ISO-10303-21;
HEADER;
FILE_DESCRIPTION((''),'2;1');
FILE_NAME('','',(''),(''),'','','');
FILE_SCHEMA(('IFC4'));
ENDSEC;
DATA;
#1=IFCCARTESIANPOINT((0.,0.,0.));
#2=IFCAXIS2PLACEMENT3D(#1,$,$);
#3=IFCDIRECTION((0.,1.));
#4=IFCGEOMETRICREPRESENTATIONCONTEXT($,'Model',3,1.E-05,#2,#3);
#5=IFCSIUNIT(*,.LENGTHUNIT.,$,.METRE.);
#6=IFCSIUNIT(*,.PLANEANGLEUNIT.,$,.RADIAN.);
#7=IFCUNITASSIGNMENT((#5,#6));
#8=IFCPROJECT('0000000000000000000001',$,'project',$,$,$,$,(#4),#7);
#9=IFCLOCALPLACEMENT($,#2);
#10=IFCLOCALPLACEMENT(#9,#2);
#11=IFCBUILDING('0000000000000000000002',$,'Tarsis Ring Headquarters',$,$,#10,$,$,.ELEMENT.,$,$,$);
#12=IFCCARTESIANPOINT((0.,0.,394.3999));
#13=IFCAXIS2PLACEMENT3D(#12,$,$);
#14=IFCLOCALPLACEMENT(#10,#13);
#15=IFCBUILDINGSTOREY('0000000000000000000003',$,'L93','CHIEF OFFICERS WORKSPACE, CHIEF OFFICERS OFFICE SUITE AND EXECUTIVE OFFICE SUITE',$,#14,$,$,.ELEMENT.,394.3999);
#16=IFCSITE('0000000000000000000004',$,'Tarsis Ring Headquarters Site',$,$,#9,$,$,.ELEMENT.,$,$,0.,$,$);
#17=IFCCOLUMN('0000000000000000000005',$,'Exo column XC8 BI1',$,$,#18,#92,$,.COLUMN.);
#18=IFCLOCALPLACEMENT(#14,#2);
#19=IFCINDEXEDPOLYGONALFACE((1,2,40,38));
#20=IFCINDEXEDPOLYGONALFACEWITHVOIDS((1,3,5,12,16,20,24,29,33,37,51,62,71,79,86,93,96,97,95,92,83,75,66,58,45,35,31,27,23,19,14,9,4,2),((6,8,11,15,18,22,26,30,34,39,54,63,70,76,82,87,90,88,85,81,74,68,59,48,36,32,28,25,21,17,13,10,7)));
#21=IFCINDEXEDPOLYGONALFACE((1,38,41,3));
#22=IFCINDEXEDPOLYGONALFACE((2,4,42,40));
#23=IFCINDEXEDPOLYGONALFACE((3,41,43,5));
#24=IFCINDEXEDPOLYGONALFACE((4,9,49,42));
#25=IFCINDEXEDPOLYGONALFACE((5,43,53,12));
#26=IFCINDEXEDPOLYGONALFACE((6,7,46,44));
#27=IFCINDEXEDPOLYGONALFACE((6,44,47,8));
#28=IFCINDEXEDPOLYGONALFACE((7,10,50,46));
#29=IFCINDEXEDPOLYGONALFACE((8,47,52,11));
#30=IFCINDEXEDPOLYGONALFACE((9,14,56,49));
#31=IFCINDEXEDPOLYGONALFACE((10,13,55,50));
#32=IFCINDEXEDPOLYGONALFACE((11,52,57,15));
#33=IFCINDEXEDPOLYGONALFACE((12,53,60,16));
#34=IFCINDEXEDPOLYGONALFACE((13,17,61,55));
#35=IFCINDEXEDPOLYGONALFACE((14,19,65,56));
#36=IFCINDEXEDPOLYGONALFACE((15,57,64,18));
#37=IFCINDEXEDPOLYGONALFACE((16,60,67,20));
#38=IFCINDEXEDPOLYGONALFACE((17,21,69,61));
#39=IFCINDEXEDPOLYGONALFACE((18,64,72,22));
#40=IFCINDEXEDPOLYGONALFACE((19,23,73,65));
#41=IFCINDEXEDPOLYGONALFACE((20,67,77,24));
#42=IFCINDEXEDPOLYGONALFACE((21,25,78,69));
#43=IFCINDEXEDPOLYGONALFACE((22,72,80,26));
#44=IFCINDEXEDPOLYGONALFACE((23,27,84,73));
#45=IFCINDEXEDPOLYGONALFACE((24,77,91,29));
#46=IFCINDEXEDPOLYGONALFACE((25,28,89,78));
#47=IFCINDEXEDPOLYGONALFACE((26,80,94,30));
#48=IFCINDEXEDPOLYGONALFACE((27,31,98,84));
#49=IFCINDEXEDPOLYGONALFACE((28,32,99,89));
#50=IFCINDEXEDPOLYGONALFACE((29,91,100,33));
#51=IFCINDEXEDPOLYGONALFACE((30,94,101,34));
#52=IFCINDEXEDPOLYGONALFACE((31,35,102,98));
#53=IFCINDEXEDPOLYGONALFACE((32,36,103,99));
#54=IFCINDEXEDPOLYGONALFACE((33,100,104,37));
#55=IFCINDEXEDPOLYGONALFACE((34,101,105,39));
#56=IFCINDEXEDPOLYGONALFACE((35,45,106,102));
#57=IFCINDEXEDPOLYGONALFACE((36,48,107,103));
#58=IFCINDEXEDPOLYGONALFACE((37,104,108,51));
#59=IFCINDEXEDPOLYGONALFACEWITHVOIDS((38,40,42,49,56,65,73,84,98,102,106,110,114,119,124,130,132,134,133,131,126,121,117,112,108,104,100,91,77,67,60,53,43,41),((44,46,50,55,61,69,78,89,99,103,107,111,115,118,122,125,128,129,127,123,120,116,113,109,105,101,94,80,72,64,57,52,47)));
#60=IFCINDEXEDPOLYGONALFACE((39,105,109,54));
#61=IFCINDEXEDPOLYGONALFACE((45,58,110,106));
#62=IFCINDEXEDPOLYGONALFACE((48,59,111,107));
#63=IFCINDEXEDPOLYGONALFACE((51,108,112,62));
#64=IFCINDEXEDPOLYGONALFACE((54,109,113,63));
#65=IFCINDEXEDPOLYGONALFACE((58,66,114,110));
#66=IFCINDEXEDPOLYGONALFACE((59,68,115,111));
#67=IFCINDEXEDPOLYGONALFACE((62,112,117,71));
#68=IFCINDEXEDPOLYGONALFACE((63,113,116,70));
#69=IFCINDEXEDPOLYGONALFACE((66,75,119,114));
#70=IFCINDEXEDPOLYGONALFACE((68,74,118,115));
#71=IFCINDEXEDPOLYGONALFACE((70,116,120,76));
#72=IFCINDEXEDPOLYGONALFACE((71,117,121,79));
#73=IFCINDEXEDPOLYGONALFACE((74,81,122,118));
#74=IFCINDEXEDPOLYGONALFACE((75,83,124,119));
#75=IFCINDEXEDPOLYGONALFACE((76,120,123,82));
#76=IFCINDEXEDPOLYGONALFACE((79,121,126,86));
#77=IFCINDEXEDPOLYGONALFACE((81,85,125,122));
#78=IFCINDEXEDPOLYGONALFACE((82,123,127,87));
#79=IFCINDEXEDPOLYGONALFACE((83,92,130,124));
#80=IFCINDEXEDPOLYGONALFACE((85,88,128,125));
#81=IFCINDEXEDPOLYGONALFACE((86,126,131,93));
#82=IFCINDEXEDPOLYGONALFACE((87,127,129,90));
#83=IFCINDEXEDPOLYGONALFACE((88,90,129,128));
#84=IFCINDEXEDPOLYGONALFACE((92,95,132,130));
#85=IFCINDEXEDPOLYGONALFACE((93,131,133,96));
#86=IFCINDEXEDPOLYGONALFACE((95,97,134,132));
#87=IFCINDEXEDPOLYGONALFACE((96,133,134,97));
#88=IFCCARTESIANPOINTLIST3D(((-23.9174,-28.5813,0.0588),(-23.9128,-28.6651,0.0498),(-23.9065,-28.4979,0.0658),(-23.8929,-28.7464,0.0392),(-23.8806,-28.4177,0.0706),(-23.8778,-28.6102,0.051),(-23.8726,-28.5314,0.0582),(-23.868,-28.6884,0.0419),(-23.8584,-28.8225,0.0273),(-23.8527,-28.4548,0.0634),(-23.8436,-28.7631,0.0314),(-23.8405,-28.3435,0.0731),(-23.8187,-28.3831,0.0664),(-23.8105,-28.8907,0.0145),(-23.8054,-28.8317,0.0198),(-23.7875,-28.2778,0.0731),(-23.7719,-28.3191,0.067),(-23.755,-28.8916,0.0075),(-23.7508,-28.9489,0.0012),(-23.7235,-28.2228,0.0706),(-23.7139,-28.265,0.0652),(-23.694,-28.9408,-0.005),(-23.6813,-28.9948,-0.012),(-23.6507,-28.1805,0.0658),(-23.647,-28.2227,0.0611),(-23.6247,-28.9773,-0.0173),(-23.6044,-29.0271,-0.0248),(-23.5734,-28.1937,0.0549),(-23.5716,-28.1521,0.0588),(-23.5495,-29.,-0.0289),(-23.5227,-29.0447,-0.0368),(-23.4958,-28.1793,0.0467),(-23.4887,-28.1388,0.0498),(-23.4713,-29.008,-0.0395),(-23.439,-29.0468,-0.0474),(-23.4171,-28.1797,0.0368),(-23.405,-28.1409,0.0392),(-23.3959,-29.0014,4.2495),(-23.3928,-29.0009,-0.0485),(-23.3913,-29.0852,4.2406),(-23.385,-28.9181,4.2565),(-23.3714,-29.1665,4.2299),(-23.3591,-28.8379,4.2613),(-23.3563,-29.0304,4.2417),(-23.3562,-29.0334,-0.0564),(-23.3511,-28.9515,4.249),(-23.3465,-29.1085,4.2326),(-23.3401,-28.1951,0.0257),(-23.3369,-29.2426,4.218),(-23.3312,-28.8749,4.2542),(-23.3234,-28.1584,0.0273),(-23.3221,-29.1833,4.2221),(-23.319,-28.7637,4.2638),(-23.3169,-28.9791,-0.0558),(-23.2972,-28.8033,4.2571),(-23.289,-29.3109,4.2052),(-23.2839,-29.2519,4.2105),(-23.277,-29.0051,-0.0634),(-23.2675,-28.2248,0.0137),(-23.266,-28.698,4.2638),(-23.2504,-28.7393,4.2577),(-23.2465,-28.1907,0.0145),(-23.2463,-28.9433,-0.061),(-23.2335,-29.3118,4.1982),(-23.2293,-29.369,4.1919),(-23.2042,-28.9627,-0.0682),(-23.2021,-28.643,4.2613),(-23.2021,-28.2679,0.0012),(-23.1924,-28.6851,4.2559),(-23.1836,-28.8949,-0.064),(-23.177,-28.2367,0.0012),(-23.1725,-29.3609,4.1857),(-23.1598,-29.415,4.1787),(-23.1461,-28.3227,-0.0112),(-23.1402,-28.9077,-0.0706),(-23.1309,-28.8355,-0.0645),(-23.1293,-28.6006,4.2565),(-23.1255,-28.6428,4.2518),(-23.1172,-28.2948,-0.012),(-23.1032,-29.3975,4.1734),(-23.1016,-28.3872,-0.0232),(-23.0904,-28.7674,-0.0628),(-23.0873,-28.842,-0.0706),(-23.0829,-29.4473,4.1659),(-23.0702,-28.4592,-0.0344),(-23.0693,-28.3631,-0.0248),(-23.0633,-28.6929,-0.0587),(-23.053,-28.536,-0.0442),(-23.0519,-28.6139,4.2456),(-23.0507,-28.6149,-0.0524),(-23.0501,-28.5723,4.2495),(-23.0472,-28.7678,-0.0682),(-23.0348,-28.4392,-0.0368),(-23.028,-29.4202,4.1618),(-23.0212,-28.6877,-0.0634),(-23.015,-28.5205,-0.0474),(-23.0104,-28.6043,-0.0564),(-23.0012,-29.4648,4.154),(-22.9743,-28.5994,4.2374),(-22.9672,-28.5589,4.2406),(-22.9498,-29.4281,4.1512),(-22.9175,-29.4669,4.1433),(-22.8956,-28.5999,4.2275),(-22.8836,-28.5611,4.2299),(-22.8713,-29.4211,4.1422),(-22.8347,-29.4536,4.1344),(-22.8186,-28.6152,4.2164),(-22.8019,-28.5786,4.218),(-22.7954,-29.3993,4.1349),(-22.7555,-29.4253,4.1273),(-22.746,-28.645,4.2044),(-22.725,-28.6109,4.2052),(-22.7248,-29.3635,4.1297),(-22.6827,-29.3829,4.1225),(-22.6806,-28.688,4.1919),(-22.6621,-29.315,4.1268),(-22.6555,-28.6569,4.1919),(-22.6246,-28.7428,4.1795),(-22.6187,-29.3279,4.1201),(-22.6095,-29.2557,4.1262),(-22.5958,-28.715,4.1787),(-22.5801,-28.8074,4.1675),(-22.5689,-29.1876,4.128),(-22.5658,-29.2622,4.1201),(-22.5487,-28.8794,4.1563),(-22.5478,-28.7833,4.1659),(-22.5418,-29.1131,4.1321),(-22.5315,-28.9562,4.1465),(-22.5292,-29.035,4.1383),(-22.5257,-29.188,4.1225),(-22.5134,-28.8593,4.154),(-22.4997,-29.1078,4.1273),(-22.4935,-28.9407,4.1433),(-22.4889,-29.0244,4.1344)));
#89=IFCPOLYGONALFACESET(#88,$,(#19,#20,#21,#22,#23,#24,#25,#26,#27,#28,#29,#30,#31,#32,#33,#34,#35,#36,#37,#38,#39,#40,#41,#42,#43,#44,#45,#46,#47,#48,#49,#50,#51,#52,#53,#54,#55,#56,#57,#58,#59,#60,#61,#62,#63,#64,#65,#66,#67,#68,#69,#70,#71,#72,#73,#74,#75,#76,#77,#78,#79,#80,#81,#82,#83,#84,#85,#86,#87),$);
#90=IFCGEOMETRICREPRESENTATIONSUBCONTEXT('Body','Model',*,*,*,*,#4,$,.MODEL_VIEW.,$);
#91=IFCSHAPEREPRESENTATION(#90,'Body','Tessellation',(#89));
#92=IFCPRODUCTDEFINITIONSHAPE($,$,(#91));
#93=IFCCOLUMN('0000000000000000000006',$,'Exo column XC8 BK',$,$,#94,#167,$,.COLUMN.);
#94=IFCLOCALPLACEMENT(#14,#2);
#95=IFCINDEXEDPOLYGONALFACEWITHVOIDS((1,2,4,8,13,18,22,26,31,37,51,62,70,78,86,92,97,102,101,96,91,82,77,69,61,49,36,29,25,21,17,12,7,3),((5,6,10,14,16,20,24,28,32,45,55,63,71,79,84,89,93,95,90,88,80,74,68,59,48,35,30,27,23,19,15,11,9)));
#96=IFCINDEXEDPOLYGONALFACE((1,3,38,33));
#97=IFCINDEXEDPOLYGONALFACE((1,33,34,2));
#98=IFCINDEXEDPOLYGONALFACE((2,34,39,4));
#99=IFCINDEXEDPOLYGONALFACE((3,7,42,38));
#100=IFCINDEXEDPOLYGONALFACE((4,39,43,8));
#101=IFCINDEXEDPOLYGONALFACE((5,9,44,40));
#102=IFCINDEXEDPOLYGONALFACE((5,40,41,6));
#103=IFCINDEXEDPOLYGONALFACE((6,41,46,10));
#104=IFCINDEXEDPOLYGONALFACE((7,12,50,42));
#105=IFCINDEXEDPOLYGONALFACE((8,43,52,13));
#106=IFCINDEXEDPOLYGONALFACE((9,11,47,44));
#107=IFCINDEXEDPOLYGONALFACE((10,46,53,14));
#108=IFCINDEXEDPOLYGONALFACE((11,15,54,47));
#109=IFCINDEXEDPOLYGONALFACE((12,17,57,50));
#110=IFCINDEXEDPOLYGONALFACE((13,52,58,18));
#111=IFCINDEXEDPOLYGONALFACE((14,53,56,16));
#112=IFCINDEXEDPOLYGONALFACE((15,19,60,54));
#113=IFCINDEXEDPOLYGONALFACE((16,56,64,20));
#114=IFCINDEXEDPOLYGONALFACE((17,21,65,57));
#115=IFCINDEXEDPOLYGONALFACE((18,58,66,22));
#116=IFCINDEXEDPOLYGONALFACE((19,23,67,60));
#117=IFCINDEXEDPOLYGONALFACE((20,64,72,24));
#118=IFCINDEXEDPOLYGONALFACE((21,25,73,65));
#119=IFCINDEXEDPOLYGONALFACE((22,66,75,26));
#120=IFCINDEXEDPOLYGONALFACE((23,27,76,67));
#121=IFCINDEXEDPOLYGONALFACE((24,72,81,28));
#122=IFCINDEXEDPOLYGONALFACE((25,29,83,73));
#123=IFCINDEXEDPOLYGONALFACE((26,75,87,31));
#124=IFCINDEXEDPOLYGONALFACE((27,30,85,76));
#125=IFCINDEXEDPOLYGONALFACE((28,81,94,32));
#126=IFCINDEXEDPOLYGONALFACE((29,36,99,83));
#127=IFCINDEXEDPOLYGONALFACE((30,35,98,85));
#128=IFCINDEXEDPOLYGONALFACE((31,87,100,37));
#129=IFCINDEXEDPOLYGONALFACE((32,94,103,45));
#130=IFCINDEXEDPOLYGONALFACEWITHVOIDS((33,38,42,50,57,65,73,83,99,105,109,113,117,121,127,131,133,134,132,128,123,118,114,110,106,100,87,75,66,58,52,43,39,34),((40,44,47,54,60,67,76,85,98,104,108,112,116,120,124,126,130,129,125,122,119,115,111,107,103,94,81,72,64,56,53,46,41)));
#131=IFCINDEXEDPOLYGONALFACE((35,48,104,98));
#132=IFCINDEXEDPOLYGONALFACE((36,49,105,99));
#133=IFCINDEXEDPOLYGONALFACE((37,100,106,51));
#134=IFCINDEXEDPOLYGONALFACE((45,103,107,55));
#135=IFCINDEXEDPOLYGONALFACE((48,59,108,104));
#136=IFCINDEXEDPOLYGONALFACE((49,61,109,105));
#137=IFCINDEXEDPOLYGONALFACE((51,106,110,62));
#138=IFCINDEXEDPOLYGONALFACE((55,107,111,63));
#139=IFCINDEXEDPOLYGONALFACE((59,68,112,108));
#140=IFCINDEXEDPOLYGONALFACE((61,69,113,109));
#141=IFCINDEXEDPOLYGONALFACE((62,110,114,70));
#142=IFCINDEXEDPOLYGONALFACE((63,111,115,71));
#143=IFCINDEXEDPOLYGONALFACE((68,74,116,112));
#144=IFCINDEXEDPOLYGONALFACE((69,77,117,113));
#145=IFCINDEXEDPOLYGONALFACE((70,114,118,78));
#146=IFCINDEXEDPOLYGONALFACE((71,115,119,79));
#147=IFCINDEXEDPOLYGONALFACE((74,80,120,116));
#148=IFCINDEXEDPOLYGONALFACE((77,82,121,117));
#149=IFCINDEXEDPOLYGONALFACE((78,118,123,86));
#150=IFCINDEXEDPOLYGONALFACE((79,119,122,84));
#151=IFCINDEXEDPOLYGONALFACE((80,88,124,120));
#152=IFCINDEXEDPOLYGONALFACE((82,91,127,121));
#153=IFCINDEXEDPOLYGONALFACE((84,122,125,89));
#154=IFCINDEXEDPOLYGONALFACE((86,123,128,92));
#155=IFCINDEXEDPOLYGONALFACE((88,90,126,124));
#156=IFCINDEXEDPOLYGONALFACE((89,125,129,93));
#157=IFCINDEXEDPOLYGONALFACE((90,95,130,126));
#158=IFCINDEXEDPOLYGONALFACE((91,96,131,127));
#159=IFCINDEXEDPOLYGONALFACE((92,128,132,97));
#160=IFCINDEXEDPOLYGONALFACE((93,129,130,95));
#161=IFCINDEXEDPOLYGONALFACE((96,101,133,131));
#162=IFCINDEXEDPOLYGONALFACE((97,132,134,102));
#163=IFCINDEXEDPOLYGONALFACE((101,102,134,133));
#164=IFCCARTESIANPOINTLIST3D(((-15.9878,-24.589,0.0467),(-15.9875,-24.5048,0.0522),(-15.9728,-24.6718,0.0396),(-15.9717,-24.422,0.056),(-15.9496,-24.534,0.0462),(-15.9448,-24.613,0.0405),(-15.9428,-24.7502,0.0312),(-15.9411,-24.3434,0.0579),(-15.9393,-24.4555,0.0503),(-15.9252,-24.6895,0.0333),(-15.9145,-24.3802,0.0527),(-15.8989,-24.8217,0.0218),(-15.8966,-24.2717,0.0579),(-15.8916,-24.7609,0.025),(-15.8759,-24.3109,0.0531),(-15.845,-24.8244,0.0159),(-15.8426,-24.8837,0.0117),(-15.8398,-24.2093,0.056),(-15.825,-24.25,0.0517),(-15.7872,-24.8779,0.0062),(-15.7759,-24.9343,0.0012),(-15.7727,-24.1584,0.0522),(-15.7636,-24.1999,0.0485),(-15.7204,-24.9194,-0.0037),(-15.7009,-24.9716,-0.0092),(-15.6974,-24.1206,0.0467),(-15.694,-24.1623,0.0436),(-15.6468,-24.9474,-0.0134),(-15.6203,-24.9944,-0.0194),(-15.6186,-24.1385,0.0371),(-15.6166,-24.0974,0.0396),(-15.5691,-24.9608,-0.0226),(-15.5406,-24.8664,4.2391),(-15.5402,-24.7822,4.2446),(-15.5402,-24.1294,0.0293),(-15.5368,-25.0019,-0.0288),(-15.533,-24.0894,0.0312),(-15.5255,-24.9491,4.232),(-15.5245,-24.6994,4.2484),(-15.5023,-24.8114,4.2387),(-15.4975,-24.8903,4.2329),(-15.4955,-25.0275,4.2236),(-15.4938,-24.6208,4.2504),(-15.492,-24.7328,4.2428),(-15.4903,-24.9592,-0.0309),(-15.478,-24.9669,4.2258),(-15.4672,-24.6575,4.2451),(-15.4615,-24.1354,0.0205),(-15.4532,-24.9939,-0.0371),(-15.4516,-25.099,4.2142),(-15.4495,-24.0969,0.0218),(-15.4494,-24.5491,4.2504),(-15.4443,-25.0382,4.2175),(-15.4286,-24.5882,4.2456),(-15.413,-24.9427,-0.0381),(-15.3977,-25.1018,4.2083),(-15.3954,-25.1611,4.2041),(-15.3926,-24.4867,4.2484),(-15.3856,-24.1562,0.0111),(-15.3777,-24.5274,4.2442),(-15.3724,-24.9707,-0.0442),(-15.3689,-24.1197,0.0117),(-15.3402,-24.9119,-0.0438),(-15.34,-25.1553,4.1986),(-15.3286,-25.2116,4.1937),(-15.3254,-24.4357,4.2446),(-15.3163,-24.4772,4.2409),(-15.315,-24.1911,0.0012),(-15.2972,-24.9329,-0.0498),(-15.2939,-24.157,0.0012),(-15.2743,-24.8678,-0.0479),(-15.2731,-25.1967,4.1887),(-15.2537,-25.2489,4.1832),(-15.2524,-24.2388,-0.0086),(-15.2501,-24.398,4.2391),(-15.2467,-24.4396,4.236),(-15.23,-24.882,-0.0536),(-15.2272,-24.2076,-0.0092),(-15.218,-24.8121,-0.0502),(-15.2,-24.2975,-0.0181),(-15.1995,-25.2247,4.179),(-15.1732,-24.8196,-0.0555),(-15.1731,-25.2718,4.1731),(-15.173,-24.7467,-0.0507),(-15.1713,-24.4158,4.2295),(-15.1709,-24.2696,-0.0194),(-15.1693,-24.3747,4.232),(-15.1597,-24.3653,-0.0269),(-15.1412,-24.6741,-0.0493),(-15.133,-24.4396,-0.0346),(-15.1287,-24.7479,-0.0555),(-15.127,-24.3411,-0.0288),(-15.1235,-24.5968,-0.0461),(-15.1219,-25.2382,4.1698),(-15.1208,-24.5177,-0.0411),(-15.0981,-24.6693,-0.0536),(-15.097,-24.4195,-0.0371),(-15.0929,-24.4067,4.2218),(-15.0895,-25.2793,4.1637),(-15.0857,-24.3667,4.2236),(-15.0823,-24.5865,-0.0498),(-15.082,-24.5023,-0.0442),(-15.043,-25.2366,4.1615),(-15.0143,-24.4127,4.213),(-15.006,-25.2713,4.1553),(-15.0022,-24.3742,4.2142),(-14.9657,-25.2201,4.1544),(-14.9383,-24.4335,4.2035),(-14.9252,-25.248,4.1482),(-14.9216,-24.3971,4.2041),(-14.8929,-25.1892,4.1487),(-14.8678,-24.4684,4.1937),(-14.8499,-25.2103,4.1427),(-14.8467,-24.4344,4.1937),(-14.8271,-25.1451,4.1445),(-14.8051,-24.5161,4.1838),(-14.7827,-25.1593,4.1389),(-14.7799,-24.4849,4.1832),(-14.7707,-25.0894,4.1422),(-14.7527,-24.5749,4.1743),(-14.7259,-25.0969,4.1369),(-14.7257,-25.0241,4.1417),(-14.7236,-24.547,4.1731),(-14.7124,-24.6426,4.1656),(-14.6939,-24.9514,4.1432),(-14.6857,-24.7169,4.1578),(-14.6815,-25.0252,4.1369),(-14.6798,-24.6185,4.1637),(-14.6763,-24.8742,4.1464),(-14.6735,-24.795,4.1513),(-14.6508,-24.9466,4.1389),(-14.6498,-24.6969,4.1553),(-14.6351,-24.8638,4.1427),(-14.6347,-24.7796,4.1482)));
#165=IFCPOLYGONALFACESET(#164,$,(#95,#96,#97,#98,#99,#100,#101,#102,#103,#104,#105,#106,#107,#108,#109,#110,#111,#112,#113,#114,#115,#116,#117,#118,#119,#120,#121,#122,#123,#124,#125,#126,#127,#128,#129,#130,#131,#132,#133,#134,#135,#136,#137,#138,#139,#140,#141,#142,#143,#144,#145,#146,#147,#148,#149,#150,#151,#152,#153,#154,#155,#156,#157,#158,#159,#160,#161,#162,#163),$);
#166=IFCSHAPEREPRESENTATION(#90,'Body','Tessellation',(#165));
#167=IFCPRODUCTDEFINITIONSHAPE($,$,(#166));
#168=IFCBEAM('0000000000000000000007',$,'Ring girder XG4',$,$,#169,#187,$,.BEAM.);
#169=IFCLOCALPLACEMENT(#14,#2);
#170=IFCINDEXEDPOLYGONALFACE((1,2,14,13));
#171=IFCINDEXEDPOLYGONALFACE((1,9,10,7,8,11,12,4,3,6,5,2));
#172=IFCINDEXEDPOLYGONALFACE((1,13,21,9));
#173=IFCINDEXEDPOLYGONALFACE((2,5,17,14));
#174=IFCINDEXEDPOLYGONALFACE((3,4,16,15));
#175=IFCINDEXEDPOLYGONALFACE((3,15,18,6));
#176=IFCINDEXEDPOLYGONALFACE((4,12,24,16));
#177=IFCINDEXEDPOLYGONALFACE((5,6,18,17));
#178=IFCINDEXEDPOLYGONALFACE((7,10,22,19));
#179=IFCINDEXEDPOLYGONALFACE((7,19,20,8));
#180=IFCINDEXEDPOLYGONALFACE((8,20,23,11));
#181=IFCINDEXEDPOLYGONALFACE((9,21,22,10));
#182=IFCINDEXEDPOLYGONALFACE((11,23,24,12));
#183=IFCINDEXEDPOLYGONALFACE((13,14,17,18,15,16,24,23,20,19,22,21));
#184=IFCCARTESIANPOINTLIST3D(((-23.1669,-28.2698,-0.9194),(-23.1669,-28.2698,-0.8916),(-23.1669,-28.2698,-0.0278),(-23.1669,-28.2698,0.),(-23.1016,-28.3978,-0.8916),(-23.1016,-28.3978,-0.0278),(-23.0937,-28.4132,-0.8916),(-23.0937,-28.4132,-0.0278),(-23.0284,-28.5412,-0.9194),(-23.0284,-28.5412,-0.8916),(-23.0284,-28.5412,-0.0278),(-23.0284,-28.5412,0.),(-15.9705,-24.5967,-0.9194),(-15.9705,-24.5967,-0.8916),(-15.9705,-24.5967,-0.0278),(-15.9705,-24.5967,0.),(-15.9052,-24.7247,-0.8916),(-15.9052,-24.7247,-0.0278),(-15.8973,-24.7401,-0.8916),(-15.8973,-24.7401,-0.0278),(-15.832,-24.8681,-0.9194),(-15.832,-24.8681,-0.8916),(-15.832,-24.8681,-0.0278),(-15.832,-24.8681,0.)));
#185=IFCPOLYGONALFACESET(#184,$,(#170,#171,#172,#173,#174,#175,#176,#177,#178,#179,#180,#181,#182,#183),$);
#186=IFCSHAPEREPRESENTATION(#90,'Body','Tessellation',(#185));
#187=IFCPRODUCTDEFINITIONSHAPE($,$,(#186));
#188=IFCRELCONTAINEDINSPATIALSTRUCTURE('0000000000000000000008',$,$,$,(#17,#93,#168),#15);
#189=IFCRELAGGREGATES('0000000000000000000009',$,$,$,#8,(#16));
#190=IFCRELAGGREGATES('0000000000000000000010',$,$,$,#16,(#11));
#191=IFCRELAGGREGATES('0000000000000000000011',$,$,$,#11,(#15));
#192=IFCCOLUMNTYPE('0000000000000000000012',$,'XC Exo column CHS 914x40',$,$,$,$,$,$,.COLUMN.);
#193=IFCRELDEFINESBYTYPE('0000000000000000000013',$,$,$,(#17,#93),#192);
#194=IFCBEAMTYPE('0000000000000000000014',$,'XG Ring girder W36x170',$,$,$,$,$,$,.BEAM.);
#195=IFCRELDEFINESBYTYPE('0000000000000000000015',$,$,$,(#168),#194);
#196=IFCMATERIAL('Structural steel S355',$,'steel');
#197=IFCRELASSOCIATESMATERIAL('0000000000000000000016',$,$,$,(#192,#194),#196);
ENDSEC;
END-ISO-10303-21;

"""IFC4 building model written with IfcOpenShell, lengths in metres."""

from ifc_helpers import new_model, si_unit, direction, frame, origin, origin_2d, place, context, subcontext, project, spatial, hollow_circle, i_section, extrude, material, material_profile, profile_set, type_object, element, save


model = new_model("IFC4")

# Units and contexts
model_context = context("Model", 3, precision=1e-05, world=origin(), true_north=direction((0.0, 1.0)))
body_context = subcontext(model_context, "Body", "Model", "MODEL_VIEW")
ifc_project = project(units=[si_unit("LENGTHUNIT", "METRE"), si_unit("PLANEANGLEUNIT", "RADIAN")], contexts=[model_context])

# Site, building, storey
site_placement = place(None, origin())
site = spatial("IfcSite", under=ifc_project, at=site_placement, Name="Tarsis Ring Headquarters Site", CompositionType="ELEMENT", RefElevation=0.0)
building_placement = place(site_placement, origin())
building = spatial("IfcBuilding", under=site, at=building_placement, Name="Tarsis Ring Headquarters", CompositionType="ELEMENT")
storey_placement = place(building_placement, frame((0.0, 0.0, 394.3999)))
storey = spatial("IfcBuildingStorey", under=building, at=storey_placement, Name="L93", Description="CHIEF OFFICERS WORKSPACE, CHIEF OFFICERS OFFICE SUITE AND EXECUTIVE OFFICE SUITE", CompositionType="ELEMENT", Elevation=394.3999)

# Columns
ifc_material_1 = material(Name="Structural steel S355", Category="steel")
ifc_material_profile_1 = material_profile(ifc_material_1, hollow_circle(Radius=0.457, WallThickness=0.04, at=origin_2d()), Name="CHS 914x40")
ifc_profile_set_1 = profile_set([ifc_material_profile_1], Name="Structural steel S355")
column_type = type_object("IfcColumnType", Name="XC Exo column CHS 914x40", PredefinedType="COLUMN", material=ifc_profile_set_1)
column_1_placement = place(storey_placement, frame((-23.4639, -28.5928, 0.0012), z_axis=(0.12288, -0.099006, 0.987471), x_axis=(0.627403, 0.778695, 0.0)))
element("IfcColumn", 1, at=column_1_placement, inside=storey, type_object=column_type, Name="Exo column XC8 BI1", PredefinedType="COLUMN", context=body_context, shape_type="SweptSolid", body=[
    extrude(hollow_circle(Radius=0.4573, WallThickness=0.04, at=origin_2d()), origin(), (0.0, 0.0, 1.0), 4.2439),
])
column_2_placement = place(storey_placement, frame((-15.5349, -24.5457, 0.0012), z_axis=(0.105855, -0.065639, 0.992213), x_axis=(0.526993, 0.849869, 0.0)))
element("IfcColumn", 2, at=column_2_placement, inside=storey, type_object=column_type, Name="Exo column XC8 BK", PredefinedType="COLUMN", context=body_context, shape_type="SweptSolid", body=[
    extrude(hollow_circle(Radius=0.4573, WallThickness=0.04, at=origin_2d()), origin(), (0.0, 0.0, 1.0), 4.2253),
])

# Beam
ifc_material_profile_2 = material_profile(ifc_material_1, i_section(OverallWidth=0.3047, OverallDepth=0.9194, WebThickness=0.0173, FlangeThickness=0.0278, at=origin_2d()), Name="W36x170")
ifc_profile_set_2 = profile_set([ifc_material_profile_2], Name="Structural steel S355")
beam_type = type_object("IfcBeamType", Name="XG Ring girder W36x170", PredefinedType="BEAM", material=ifc_profile_set_2)
beam_1_placement = place(storey_placement, frame((-23.0977, -28.4055, -0.4597), z_axis=(0.890686, 0.45462, 0.0), x_axis=(-0.45462, 0.890686, 0.0)))
element("IfcBeam", 3, at=beam_1_placement, inside=storey, type_object=beam_type, Name="Ring girder XG4", PredefinedType="BEAM", context=body_context, shape_type="SweptSolid", body=[
    extrude(i_section(OverallWidth=0.3047, OverallDepth=0.9194, WebThickness=0.0173, FlangeThickness=0.0278, at=origin_2d()), origin(), (0.0, 0.0, 1.0), 8.0796),
])

save(model, "model.ifc")
